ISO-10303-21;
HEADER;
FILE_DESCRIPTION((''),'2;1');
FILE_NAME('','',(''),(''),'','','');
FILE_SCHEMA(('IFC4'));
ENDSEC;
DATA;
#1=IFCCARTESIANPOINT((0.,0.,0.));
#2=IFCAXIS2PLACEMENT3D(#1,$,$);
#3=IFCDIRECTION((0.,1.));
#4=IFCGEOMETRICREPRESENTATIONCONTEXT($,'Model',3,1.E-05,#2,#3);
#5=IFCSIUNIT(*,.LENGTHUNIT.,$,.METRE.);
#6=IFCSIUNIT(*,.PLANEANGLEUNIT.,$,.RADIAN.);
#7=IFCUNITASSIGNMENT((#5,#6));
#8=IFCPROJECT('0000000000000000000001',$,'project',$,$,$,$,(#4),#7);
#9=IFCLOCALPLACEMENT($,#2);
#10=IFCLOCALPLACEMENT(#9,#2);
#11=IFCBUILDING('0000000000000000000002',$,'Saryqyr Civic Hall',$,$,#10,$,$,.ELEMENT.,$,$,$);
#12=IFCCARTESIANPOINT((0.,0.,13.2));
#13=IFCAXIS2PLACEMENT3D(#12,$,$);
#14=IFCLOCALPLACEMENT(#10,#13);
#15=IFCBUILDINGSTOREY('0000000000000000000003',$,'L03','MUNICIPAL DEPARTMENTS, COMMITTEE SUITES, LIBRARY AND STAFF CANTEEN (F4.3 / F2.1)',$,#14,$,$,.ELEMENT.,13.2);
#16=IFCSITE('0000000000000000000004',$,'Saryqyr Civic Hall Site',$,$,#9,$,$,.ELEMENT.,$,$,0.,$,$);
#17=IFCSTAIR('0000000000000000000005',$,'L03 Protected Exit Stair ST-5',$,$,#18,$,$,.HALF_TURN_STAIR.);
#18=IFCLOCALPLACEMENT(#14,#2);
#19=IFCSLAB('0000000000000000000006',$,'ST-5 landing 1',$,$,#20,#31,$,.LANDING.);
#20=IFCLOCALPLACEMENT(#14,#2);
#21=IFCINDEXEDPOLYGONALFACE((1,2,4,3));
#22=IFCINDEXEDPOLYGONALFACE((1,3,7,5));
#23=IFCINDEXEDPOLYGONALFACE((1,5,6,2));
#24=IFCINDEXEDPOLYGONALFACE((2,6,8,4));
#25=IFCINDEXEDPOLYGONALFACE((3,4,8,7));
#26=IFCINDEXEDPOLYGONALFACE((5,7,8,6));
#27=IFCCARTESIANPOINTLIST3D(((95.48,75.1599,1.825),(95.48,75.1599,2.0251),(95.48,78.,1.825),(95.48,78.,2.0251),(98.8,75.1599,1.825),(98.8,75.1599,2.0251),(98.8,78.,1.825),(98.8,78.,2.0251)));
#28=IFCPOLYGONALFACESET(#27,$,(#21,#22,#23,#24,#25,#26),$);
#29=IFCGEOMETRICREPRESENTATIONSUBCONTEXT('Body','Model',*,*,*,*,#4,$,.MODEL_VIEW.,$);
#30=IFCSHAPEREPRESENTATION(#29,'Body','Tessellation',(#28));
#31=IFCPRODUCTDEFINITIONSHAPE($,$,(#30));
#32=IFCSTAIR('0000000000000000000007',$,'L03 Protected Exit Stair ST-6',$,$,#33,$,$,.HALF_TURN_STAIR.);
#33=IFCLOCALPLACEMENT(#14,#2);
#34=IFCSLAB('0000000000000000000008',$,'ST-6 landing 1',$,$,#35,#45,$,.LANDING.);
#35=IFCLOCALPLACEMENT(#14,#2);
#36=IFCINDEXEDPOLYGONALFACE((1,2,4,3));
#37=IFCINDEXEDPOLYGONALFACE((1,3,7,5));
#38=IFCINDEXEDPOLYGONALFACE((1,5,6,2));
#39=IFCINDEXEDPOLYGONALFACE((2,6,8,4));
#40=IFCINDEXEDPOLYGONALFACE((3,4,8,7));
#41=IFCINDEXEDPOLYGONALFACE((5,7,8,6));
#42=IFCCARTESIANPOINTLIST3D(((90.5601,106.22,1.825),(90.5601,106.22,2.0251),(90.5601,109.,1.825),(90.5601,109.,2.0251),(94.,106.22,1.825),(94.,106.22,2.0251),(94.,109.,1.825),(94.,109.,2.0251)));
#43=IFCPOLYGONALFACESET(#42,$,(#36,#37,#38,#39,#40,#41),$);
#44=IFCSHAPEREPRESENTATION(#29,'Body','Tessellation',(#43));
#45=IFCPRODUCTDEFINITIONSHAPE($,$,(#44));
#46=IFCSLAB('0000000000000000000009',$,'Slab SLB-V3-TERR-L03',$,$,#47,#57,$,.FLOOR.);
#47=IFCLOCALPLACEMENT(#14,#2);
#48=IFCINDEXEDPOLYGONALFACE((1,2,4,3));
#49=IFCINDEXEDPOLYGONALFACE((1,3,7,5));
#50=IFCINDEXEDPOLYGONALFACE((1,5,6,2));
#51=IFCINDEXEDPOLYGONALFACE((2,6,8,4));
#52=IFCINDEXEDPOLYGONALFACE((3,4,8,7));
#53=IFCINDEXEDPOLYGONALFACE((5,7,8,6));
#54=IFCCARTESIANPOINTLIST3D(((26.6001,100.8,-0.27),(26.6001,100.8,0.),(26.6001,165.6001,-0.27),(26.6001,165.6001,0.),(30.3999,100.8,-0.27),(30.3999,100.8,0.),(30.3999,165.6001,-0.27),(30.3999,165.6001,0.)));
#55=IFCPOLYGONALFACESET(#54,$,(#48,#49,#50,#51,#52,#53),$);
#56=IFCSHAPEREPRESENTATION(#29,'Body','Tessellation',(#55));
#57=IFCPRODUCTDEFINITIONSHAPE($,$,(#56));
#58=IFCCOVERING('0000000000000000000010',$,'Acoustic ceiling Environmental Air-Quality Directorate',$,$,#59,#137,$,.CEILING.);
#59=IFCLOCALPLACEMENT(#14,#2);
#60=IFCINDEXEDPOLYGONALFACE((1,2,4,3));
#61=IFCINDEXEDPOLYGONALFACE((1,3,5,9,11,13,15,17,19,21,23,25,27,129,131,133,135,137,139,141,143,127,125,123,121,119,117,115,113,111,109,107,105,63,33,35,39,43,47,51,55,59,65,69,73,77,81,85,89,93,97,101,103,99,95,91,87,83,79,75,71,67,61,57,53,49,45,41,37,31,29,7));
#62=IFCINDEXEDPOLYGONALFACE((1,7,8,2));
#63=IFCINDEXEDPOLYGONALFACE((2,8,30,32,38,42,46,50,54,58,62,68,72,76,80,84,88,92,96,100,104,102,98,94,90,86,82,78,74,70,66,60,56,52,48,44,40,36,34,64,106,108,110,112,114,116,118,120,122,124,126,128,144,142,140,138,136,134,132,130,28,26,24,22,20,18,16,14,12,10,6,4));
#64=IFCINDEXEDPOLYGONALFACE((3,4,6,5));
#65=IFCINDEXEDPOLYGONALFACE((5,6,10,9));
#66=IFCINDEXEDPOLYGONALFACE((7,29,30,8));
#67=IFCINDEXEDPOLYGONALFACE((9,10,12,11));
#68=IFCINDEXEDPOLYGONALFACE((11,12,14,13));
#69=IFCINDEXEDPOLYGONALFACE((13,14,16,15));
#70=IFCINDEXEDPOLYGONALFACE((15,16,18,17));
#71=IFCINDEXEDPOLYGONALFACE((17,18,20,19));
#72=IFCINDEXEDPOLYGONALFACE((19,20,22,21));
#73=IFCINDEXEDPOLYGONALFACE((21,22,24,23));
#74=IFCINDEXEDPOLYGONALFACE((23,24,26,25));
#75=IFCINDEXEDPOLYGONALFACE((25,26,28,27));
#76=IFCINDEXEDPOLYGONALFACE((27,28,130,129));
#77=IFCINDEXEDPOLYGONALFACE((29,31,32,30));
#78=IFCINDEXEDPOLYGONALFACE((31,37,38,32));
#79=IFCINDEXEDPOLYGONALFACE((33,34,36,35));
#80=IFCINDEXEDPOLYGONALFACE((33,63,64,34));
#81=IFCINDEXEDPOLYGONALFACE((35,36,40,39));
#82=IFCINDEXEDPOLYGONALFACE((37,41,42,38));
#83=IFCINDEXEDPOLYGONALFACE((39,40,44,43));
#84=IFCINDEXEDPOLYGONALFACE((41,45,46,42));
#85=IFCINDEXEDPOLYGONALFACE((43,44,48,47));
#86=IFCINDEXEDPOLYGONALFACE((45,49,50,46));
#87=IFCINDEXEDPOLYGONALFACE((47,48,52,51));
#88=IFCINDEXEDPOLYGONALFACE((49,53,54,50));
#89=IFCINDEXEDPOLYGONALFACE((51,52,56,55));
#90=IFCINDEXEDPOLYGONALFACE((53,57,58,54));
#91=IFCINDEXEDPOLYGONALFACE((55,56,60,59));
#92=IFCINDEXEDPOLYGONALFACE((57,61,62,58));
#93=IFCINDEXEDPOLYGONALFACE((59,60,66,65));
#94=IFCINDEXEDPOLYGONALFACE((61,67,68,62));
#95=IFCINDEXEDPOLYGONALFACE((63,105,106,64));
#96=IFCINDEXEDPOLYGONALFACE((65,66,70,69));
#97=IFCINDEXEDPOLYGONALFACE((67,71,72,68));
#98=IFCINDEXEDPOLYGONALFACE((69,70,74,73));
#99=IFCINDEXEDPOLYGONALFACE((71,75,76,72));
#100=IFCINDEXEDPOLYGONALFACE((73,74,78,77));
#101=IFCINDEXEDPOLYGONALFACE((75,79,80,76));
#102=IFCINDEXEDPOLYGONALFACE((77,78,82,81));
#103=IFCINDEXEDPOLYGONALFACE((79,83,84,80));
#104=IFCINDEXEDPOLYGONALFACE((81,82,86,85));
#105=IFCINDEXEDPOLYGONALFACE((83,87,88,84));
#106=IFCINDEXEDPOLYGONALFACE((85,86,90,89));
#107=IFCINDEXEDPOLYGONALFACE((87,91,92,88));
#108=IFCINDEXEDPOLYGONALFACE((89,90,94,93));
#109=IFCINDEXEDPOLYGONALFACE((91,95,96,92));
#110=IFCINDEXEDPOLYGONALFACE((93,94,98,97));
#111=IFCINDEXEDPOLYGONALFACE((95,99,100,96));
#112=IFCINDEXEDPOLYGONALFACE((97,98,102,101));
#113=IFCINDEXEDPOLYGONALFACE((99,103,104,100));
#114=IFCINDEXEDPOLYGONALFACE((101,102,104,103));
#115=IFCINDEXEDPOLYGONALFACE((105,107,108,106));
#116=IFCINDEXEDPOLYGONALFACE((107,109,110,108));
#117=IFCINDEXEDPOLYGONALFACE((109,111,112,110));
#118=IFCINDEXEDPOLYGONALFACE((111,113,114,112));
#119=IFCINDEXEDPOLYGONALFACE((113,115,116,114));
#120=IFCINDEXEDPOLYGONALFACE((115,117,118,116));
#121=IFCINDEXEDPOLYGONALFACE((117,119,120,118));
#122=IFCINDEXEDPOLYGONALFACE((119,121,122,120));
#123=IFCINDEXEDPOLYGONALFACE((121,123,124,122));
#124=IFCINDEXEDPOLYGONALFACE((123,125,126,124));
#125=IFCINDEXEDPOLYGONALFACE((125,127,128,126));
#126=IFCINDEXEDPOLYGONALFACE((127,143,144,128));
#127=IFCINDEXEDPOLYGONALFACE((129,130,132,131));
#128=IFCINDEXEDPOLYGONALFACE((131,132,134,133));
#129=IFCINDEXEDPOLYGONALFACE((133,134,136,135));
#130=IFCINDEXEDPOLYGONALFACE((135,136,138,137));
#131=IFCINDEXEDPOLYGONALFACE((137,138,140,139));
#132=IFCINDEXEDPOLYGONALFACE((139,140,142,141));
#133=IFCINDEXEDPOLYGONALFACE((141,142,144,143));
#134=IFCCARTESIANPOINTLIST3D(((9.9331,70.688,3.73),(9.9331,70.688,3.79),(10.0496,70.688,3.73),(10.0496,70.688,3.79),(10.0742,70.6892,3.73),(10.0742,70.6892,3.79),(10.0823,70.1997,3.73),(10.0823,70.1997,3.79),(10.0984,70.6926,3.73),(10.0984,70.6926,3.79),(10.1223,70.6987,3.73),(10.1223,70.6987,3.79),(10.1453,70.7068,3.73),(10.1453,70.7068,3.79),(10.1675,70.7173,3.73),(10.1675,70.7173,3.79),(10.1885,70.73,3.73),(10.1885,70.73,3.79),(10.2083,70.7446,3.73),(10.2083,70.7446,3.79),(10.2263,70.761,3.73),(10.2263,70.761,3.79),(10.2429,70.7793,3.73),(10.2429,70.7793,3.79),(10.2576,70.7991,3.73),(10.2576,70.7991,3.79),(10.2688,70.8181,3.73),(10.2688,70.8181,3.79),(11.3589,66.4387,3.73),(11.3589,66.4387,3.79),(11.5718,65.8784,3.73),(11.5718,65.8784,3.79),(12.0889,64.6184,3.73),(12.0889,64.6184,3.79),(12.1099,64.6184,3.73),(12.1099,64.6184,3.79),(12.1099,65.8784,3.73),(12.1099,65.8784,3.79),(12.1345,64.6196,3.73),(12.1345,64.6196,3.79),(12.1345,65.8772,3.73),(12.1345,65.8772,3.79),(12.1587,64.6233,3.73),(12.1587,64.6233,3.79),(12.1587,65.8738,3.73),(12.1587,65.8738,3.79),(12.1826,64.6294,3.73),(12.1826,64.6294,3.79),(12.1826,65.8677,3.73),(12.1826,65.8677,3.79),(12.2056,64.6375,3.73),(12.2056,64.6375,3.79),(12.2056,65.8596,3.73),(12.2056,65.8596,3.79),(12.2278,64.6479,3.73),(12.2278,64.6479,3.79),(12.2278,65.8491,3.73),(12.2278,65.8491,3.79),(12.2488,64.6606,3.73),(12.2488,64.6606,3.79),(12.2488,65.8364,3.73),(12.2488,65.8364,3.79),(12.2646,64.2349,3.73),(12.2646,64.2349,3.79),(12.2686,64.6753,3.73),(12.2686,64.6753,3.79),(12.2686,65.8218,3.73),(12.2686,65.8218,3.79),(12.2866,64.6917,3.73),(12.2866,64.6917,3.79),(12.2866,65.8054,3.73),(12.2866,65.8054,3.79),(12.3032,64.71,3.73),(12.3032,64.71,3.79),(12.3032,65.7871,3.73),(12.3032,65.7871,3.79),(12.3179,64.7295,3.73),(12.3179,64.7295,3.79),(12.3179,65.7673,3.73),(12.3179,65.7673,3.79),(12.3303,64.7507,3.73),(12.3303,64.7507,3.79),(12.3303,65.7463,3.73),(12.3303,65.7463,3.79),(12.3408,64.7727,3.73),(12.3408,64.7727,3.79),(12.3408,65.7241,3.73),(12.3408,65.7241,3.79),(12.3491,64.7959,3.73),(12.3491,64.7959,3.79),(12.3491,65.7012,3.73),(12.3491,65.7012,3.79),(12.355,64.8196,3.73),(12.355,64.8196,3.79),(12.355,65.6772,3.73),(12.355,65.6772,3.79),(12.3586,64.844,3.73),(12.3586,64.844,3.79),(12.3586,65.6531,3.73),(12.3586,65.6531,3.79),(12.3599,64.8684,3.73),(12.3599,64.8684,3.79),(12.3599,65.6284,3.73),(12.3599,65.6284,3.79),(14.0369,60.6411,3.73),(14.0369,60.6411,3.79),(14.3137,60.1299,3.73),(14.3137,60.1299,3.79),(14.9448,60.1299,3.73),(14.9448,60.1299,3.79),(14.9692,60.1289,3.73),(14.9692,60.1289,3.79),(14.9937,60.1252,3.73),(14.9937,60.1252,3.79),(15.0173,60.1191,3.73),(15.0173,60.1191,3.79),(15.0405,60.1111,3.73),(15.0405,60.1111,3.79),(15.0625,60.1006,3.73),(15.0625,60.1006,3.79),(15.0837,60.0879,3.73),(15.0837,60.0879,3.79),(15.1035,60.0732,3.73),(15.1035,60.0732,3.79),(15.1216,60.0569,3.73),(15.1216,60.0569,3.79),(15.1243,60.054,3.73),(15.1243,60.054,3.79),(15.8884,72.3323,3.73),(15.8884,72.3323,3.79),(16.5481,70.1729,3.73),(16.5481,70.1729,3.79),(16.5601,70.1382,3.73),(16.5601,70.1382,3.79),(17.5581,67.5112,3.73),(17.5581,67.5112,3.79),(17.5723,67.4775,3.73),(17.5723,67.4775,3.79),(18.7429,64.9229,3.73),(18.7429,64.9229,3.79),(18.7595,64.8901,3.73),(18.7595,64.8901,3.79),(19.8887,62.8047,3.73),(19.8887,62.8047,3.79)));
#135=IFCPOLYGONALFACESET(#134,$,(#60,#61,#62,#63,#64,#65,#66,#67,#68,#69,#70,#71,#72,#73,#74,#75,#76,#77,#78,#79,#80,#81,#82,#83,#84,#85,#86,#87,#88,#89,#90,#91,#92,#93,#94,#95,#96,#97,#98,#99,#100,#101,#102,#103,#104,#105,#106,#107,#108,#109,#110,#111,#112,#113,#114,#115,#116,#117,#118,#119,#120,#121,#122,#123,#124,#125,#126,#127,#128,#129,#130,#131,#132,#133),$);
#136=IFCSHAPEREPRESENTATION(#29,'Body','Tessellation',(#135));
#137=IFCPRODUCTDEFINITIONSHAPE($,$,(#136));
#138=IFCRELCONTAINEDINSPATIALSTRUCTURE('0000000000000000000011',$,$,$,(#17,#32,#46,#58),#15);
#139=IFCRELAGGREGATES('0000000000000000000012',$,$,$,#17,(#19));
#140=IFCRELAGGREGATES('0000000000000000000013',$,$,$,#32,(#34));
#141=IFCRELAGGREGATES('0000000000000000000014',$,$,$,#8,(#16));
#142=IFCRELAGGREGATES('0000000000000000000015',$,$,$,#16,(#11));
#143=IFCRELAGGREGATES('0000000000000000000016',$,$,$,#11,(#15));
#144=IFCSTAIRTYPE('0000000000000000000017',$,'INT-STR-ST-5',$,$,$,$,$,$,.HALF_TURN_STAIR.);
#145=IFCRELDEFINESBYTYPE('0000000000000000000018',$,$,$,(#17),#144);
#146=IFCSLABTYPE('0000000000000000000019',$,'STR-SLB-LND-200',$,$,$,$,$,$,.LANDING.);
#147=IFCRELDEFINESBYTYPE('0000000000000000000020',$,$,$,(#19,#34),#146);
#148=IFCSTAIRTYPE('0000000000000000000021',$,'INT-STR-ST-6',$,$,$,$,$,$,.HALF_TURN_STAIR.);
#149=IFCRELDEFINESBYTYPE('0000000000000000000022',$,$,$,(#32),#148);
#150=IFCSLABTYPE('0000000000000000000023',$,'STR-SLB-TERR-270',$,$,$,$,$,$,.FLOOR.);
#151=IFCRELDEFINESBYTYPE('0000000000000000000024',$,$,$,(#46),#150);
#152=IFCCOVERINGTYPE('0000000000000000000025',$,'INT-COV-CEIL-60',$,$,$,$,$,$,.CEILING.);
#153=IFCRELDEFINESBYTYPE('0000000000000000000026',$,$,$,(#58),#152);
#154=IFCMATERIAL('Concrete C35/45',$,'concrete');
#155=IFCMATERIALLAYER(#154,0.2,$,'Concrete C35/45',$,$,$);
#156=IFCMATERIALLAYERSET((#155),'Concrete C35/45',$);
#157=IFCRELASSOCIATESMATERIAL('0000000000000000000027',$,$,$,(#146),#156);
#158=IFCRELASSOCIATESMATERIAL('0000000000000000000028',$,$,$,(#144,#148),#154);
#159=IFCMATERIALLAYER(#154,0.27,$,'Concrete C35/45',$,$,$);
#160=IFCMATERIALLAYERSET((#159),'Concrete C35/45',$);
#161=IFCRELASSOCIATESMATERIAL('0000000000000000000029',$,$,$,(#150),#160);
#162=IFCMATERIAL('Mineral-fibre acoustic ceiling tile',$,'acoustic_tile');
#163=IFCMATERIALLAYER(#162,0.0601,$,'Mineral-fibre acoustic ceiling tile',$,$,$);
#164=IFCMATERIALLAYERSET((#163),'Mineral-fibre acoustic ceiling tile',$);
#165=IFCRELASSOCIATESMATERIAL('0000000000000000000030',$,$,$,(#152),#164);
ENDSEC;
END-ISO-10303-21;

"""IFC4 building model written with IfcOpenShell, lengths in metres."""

from ifc_helpers import new_model, si_unit, direction, frame, origin, place, context, subcontext, project, spatial, polyline, outline, extrude, material, layer, layer_set, type_object, element, aggregate, save


model = new_model("IFC4")

# Units and contexts
model_context = context("Model", 3, precision=1e-05, world=origin(), true_north=direction((0.0, 1.0)))
body_context = subcontext(model_context, "Body", "Model", "MODEL_VIEW")
ifc_project = project(units=[si_unit("LENGTHUNIT", "METRE"), si_unit("PLANEANGLEUNIT", "RADIAN")], contexts=[model_context])

# Site, building, storey
site_placement = place(None, origin())
site = spatial("IfcSite", under=ifc_project, at=site_placement, Name="Saryqyr Civic Hall Site", CompositionType="ELEMENT", RefElevation=0.0)
building_placement = place(site_placement, origin())
building = spatial("IfcBuilding", under=site, at=building_placement, Name="Saryqyr Civic Hall", CompositionType="ELEMENT")
storey_placement = place(building_placement, frame((0.0, 0.0, 13.2)))
storey = spatial("IfcBuildingStorey", under=building, at=storey_placement, Name="L03", Description="MUNICIPAL DEPARTMENTS, COMMITTEE SUITES, LIBRARY AND STAFF CANTEEN (F4.3 / F2.1)", CompositionType="ELEMENT", Elevation=13.2)

# Shared definitions
ifc_material_1 = material(Name="Concrete C35/45", Category="concrete")

# Stairs, slabs
ifc_layer_1 = layer(ifc_material_1, 0.2, Name="Concrete C35/45")
ifc_layer_set_1 = layer_set([ifc_layer_1], Name="Concrete C35/45")
slab_type_1 = type_object("IfcSlabType", Name="STR-SLB-LND-200", PredefinedType="LANDING", material=ifc_layer_set_1)
stair_type_1 = type_object("IfcStairType", Name="INT-STR-ST-5", PredefinedType="HALF_TURN_STAIR", material=ifc_material_1)
stair_1_placement = place(storey_placement, origin())
stair_1 = element("IfcStair", 1, at=stair_1_placement, inside=storey, type_object=stair_type_1, Name="L03 Protected Exit Stair ST-5", PredefinedType="HALF_TURN_STAIR")
slab_1_placement = place(storey_placement, frame((0.0, 0.0, 1.825)))
slab_1 = element("IfcSlab", 2, at=slab_1_placement, type_object=slab_type_1, Name="ST-5 landing 1", PredefinedType="LANDING", context=body_context, shape_type="SweptSolid", body=[
    extrude(outline(polyline([(98.8, 75.1599), (98.8, 78.0), (95.48, 78.0), (95.48, 75.1599), (98.8, 75.1599)])), origin(), (0.0, 0.0, 1.0), 0.2002),
])
aggregate(stair_1, [slab_1])
stair_type_2 = type_object("IfcStairType", Name="INT-STR-ST-6", PredefinedType="HALF_TURN_STAIR", material=ifc_material_1)
stair_2_placement = place(storey_placement, origin())
stair_2 = element("IfcStair", 3, at=stair_2_placement, inside=storey, type_object=stair_type_2, Name="L03 Protected Exit Stair ST-6", PredefinedType="HALF_TURN_STAIR")
slab_2_placement = place(storey_placement, frame((0.0, 0.0, 1.825)))
slab_2 = element("IfcSlab", 4, at=slab_2_placement, type_object=slab_type_1, Name="ST-6 landing 1", PredefinedType="LANDING", context=body_context, shape_type="SweptSolid", body=[
    extrude(outline(polyline([(94.0, 106.22), (94.0, 109.0), (90.5601, 109.0), (90.5601, 106.22), (94.0, 106.22)])), origin(), (0.0, 0.0, 1.0), 0.2002),
])
aggregate(stair_2, [slab_2])

# Slab
ifc_layer_2 = layer(ifc_material_1, 0.27, Name="Concrete C35/45")
ifc_layer_set_2 = layer_set([ifc_layer_2], Name="Concrete C35/45")
slab_type_2 = type_object("IfcSlabType", Name="STR-SLB-TERR-270", PredefinedType="FLOOR", material=ifc_layer_set_2)
slab_3_placement = place(storey_placement, frame((0.0, 0.0, -0.27)))
element("IfcSlab", 5, at=slab_3_placement, inside=storey, type_object=slab_type_2, Name="Slab SLB-V3-TERR-L03", PredefinedType="FLOOR", context=body_context, shape_type="SweptSolid", body=[
    extrude(outline(polyline([(30.3999, 165.6001), (30.3999, 100.8), (26.6001, 100.8), (26.6001, 165.6001), (30.3999, 165.6001)])), origin(), (0.0, 0.0, 1.0), 0.27),
])

# Covering
ifc_material_2 = material(Name="Mineral-fibre acoustic ceiling tile", Category="acoustic_tile")
ifc_layer_3 = layer(ifc_material_2, 0.0601, Name="Mineral-fibre acoustic ceiling tile")
ifc_layer_set_3 = layer_set([ifc_layer_3], Name="Mineral-fibre acoustic ceiling tile")
covering_type = type_object("IfcCoveringType", Name="INT-COV-CEIL-60", PredefinedType="CEILING", material=ifc_layer_set_3)
covering_1_placement = place(storey_placement, frame((0.0, 0.0, 3.73)))
element("IfcCovering", 6, at=covering_1_placement, inside=storey, type_object=covering_type, Name="Acoustic ceiling Environmental Air-Quality Directorate", PredefinedType="CEILING", context=body_context, shape_type="SweptSolid", body=[
    extrude(outline(polyline([(17.5723, 67.4775), (18.7429, 64.9229), (18.7595, 64.8901), (19.8887, 62.8047), (15.1243, 60.054), (15.1216, 60.0569), (15.1035, 60.0732), (15.0837, 60.0879), (15.0625, 60.1006), (15.0405, 60.1111), (15.0173, 60.1191), (14.9937, 60.1252), (14.9692, 60.1289), (14.9448, 60.1299), (14.3137, 60.1299), (14.0369, 60.6411), (12.2646, 64.2349), (12.0889, 64.6184), (12.1099, 64.6184), (12.1345, 64.6196), (12.1587, 64.6233), (12.1826, 64.6294), (12.2056, 64.6375), (12.2278, 64.6479), (12.2488, 64.6606), (12.2686, 64.6753), (12.2866, 64.6917), (12.3032, 64.71), (12.3179, 64.7295), (12.3303, 64.7507), (12.3408, 64.7727), (12.3491, 64.7959), (12.355, 64.8196), (12.3586, 64.844), (12.3599, 64.8684), (12.3599, 65.6284), (12.3586, 65.6531), (12.355, 65.6772), (12.3491, 65.7012), (12.3408, 65.7241), (12.3303, 65.7463), (12.3179, 65.7673), (12.3032, 65.7871), (12.2866, 65.8054), (12.2686, 65.8218), (12.2488, 65.8364), (12.2278, 65.8491), (12.2056, 65.8596), (12.1826, 65.8677), (12.1587, 65.8738), (12.1345, 65.8772), (12.1099, 65.8784), (11.5718, 65.8784), (11.3589, 66.4387), (10.0823, 70.1997), (9.9331, 70.688), (10.0496, 70.688), (10.0742, 70.6892), (10.0984, 70.6926), (10.1223, 70.6987), (10.1453, 70.7068), (10.1675, 70.7173), (10.1885, 70.73), (10.2083, 70.7446), (10.2263, 70.761), (10.2429, 70.7793), (10.2576, 70.7991), (10.2688, 70.8181), (15.8884, 72.3323), (16.5481, 70.1729), (16.5601, 70.1382), (17.5581, 67.5112), (17.5723, 67.4775)])), origin(), (0.0, 0.0, 1.0), 0.0601),
])

save(model, "model.ifc")
